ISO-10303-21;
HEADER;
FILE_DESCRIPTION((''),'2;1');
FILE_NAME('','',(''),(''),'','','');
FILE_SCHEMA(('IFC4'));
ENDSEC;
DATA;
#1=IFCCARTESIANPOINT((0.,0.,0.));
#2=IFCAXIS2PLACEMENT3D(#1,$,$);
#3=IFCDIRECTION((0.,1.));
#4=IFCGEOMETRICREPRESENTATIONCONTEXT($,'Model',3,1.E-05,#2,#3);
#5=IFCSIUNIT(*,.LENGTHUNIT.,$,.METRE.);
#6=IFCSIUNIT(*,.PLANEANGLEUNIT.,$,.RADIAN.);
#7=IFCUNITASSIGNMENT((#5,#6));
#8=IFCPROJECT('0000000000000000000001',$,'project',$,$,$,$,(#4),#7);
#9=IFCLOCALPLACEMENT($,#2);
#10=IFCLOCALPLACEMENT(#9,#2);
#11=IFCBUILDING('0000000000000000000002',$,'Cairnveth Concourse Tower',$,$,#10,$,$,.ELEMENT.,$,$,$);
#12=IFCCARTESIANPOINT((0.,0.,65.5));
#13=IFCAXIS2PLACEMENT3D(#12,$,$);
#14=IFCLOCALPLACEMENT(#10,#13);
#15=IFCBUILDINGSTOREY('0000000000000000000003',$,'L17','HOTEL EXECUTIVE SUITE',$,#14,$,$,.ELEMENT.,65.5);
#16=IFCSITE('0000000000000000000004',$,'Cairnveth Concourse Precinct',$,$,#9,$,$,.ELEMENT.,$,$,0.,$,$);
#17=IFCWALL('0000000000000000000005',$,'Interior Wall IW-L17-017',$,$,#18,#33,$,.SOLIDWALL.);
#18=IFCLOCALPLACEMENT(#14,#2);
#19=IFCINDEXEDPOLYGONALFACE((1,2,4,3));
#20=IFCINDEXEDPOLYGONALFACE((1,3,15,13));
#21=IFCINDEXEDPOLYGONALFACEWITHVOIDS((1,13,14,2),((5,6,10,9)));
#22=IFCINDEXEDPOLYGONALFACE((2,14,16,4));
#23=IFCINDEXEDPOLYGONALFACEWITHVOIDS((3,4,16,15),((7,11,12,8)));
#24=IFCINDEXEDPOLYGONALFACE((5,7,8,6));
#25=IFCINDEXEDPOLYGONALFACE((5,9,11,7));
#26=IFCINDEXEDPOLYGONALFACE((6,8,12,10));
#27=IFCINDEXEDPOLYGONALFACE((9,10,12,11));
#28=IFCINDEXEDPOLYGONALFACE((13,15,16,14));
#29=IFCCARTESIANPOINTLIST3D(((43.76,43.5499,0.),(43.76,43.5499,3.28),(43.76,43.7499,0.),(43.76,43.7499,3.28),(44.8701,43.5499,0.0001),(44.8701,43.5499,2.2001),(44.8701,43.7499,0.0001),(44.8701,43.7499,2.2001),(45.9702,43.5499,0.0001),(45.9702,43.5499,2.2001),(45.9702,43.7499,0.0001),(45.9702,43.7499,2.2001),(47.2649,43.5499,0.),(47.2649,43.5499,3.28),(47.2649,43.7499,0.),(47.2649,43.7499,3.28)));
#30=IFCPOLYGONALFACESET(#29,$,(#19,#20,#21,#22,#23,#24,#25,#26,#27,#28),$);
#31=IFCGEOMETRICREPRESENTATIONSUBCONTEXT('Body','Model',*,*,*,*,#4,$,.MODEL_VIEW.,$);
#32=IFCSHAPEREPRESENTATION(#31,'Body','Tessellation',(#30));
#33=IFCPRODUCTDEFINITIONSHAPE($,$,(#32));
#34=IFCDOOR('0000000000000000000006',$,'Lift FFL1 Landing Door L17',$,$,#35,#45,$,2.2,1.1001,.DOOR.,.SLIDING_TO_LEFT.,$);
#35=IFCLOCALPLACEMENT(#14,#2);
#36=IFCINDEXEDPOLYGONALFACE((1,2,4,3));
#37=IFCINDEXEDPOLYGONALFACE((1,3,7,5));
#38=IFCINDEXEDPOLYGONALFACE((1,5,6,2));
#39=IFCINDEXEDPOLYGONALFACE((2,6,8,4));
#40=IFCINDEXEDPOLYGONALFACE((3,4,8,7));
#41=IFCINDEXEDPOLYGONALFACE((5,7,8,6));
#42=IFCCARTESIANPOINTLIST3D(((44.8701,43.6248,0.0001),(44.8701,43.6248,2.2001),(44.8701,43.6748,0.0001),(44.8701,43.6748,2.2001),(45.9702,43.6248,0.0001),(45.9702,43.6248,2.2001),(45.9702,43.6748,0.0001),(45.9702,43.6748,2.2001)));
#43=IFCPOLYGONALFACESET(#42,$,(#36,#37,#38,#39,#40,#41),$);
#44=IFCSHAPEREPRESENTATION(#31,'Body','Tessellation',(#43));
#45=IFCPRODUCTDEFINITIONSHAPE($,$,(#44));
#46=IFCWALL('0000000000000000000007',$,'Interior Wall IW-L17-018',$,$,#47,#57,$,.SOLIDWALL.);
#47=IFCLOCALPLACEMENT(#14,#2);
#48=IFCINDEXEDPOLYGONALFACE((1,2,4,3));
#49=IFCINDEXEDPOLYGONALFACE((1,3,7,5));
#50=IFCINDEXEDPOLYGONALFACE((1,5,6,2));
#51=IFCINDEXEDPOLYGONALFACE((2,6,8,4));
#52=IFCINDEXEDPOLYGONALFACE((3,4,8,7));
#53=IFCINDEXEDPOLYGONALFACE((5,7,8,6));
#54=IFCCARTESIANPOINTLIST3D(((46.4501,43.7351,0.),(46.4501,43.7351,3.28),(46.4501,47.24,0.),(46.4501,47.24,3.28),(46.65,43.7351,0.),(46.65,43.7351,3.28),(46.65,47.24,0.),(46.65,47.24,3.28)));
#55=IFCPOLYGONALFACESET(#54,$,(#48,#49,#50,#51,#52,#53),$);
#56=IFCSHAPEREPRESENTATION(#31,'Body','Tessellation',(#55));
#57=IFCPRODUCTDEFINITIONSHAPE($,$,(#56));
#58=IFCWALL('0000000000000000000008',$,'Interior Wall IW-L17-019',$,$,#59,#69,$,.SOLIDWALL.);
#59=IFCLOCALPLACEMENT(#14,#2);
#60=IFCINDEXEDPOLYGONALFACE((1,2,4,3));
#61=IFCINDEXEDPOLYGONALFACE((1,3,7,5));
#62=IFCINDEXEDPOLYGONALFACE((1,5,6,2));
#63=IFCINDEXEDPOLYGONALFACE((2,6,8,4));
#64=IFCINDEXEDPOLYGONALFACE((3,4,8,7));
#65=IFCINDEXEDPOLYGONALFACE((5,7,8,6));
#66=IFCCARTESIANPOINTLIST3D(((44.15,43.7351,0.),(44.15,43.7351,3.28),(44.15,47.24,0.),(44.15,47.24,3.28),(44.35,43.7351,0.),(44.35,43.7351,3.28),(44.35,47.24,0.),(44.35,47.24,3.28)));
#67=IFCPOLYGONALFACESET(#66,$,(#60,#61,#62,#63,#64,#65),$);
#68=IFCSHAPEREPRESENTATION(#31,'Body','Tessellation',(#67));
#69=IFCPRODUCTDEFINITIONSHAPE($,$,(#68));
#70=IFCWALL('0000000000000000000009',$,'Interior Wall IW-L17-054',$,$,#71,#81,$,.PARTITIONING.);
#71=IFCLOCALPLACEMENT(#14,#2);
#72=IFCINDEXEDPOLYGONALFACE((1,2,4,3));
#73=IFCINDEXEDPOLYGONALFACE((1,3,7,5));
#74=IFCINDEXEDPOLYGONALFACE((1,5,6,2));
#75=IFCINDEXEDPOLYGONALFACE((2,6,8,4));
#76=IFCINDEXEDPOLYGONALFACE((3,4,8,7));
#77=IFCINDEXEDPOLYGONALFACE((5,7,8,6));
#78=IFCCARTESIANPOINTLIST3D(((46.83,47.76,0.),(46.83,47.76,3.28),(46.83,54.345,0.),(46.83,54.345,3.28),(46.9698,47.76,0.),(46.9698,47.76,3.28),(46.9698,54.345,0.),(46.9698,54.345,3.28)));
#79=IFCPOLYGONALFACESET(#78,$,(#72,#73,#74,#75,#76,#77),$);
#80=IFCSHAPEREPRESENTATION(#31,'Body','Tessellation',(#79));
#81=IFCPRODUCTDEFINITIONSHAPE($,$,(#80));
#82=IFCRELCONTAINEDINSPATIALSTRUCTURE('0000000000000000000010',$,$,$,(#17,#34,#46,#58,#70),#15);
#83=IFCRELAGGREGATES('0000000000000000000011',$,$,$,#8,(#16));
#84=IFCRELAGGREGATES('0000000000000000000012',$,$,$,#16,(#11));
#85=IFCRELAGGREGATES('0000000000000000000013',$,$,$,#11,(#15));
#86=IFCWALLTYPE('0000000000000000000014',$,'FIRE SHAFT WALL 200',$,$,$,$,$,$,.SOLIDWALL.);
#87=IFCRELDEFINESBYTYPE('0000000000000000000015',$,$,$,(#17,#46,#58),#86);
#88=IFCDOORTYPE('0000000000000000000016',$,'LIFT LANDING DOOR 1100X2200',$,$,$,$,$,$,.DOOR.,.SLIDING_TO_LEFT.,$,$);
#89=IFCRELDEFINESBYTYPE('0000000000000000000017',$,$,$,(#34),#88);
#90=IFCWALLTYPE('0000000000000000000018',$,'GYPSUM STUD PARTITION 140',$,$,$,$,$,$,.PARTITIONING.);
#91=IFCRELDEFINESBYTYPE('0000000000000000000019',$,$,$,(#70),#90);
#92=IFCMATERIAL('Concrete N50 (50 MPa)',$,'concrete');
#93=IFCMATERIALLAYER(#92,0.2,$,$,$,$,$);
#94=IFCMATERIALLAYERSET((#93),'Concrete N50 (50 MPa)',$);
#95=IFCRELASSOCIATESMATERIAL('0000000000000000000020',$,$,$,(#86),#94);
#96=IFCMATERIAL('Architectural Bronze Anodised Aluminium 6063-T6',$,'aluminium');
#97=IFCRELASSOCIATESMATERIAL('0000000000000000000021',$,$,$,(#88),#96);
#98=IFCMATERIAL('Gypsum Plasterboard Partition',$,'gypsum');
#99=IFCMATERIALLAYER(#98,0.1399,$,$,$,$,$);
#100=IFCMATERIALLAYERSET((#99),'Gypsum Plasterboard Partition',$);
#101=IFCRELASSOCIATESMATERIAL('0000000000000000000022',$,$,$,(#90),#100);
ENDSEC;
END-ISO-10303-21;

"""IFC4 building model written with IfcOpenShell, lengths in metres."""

from ifc_helpers import new_model, si_unit, direction, frame, frame_2d, origin, place, context, subcontext, project, spatial, rectangle, extrude, material, layer, layer_set, type_object, element, fill, save


model = new_model("IFC4")

# Units and contexts
model_context = context("Model", 3, precision=1e-05, world=origin(), true_north=direction((0.0, 1.0)))
body_context = subcontext(model_context, "Body", "Model", "MODEL_VIEW")
ifc_project = project(units=[si_unit("LENGTHUNIT", "METRE"), si_unit("PLANEANGLEUNIT", "RADIAN")], contexts=[model_context])

# Site, building, storey
site_placement = place(None, origin())
site = spatial("IfcSite", under=ifc_project, at=site_placement, Name="Cairnveth Concourse Precinct", CompositionType="ELEMENT", RefElevation=0.0)
building_placement = place(site_placement, origin())
building = spatial("IfcBuilding", under=site, at=building_placement, Name="Cairnveth Concourse Tower", CompositionType="ELEMENT")
storey_placement = place(building_placement, frame((0.0, 0.0, 65.5)))
storey = spatial("IfcBuildingStorey", under=building, at=storey_placement, Name="L17", Description="HOTEL EXECUTIVE SUITE", CompositionType="ELEMENT", Elevation=65.5)

# Shared definitions
ifc_material_1 = material(Name="Concrete N50 (50 MPa)", Category="concrete")

# Shared definitions
ifc_layer_1 = layer(ifc_material_1, 0.2)
ifc_layer_set_1 = layer_set([ifc_layer_1], Name="Concrete N50 (50 MPa)")
wall_type_1 = type_object("IfcWallType", Name="FIRE SHAFT WALL 200", PredefinedType="SOLIDWALL", material=ifc_layer_set_1)

# Wall, opening, door
wall_1_placement = place(storey_placement, frame((43.76, 43.6499, 0.0), z_axis=(0.0, 0.0, 1.0), x_axis=(1.0, 0.0, 0.0)))
wall_1 = element("IfcWall", 1, at=wall_1_placement, inside=storey, type_object=wall_type_1, Name="Interior Wall IW-L17-017", PredefinedType="SOLIDWALL", context=body_context, shape_type="SweptSolid", body=[
    extrude(rectangle(XDim=3.5049, YDim=0.2, at=frame_2d((1.7524, 0.0))), origin(), (0.0, 0.0, 1.0), 3.28),
])
opening_1_placement = place(wall_1_placement, frame((1.1101, 0.0, 0.0)))
opening_1 = element("IfcOpeningElement", 2, at=opening_1_placement, cuts=wall_1, PredefinedType="OPENING", context=body_context, shape_type="SweptSolid", body=[
    extrude(rectangle(XDim=1.1001, YDim=2.2, at=frame_2d((0.55, 1.1001))), frame((0.0, 0.1099, 0.0), z_axis=(0.0, -1.0, 0.0), x_axis=(1.0, 0.0, 0.0)), (0.0, 0.0, 1.0), 0.22),
])
ifc_material_2 = material(Name="Architectural Bronze Anodised Aluminium 6063-T6", Category="aluminium")
door_type_1 = type_object("IfcDoorType", Name="LIFT LANDING DOOR 1100X2200", OperationType="SLIDING_TO_LEFT", PredefinedType="DOOR", material=ifc_material_2)
door_1_placement = place(opening_1_placement, origin())
door_1 = element("IfcDoor", 3, at=door_1_placement, inside=storey, type_object=door_type_1, Name="Lift FFL1 Landing Door L17", OperationType="SLIDING_TO_LEFT", OverallHeight=2.2, OverallWidth=1.1001, PredefinedType="DOOR", context=body_context, shape_type="SweptSolid", body=[
    extrude(rectangle(XDim=1.1001, YDim=2.2, at=frame_2d((0.55, 1.1001))), frame((0.0, 0.0249, 0.0), z_axis=(0.0, -1.0, 0.0), x_axis=(1.0, 0.0, 0.0)), (0.0, 0.0, 1.0), 0.05),
])
fill(opening_1, door_1)

# Walls
for number, where, z_axis, x_axis, name in (
    (4, (46.55, 43.7351, 0.0), (0.0, 0.0, 1.0), (0.0, 1.0, 0.0), "Interior Wall IW-L17-018"),
    (5, (44.25, 43.7351, 0.0), (0.0, 0.0, 1.0), (0.0, 1.0, 0.0), "Interior Wall IW-L17-019"),
):
    element("IfcWall", number, at=place(storey_placement, frame(where, z_axis=z_axis, x_axis=x_axis)), inside=storey, type_object=wall_type_1, Name=name, PredefinedType="SOLIDWALL", context=body_context, shape_type="SweptSolid", body=[
        extrude(rectangle(XDim=3.5049, YDim=0.2, at=frame_2d((1.7524, 0.0))), origin(), (0.0, 0.0, 1.0), 3.28),
    ])
ifc_material_3 = material(Name="Gypsum Plasterboard Partition", Category="gypsum")
ifc_layer_2 = layer(ifc_material_3, 0.1399)
ifc_layer_set_2 = layer_set([ifc_layer_2], Name="Gypsum Plasterboard Partition")
wall_type_2 = type_object("IfcWallType", Name="GYPSUM STUD PARTITION 140", PredefinedType="PARTITIONING", material=ifc_layer_set_2)
wall_2_placement = place(storey_placement, frame((46.8999, 47.76, 0.0), z_axis=(0.0, 0.0, 1.0), x_axis=(0.0, 1.0, 0.0)))
element("IfcWall", 6, at=wall_2_placement, inside=storey, type_object=wall_type_2, Name="Interior Wall IW-L17-054", PredefinedType="PARTITIONING", context=body_context, shape_type="SweptSolid", body=[
    extrude(rectangle(XDim=6.585, YDim=0.1399, at=frame_2d((3.2925, 0.0))), origin(), (0.0, 0.0, 1.0), 3.28),
])

save(model, "model.ifc")
